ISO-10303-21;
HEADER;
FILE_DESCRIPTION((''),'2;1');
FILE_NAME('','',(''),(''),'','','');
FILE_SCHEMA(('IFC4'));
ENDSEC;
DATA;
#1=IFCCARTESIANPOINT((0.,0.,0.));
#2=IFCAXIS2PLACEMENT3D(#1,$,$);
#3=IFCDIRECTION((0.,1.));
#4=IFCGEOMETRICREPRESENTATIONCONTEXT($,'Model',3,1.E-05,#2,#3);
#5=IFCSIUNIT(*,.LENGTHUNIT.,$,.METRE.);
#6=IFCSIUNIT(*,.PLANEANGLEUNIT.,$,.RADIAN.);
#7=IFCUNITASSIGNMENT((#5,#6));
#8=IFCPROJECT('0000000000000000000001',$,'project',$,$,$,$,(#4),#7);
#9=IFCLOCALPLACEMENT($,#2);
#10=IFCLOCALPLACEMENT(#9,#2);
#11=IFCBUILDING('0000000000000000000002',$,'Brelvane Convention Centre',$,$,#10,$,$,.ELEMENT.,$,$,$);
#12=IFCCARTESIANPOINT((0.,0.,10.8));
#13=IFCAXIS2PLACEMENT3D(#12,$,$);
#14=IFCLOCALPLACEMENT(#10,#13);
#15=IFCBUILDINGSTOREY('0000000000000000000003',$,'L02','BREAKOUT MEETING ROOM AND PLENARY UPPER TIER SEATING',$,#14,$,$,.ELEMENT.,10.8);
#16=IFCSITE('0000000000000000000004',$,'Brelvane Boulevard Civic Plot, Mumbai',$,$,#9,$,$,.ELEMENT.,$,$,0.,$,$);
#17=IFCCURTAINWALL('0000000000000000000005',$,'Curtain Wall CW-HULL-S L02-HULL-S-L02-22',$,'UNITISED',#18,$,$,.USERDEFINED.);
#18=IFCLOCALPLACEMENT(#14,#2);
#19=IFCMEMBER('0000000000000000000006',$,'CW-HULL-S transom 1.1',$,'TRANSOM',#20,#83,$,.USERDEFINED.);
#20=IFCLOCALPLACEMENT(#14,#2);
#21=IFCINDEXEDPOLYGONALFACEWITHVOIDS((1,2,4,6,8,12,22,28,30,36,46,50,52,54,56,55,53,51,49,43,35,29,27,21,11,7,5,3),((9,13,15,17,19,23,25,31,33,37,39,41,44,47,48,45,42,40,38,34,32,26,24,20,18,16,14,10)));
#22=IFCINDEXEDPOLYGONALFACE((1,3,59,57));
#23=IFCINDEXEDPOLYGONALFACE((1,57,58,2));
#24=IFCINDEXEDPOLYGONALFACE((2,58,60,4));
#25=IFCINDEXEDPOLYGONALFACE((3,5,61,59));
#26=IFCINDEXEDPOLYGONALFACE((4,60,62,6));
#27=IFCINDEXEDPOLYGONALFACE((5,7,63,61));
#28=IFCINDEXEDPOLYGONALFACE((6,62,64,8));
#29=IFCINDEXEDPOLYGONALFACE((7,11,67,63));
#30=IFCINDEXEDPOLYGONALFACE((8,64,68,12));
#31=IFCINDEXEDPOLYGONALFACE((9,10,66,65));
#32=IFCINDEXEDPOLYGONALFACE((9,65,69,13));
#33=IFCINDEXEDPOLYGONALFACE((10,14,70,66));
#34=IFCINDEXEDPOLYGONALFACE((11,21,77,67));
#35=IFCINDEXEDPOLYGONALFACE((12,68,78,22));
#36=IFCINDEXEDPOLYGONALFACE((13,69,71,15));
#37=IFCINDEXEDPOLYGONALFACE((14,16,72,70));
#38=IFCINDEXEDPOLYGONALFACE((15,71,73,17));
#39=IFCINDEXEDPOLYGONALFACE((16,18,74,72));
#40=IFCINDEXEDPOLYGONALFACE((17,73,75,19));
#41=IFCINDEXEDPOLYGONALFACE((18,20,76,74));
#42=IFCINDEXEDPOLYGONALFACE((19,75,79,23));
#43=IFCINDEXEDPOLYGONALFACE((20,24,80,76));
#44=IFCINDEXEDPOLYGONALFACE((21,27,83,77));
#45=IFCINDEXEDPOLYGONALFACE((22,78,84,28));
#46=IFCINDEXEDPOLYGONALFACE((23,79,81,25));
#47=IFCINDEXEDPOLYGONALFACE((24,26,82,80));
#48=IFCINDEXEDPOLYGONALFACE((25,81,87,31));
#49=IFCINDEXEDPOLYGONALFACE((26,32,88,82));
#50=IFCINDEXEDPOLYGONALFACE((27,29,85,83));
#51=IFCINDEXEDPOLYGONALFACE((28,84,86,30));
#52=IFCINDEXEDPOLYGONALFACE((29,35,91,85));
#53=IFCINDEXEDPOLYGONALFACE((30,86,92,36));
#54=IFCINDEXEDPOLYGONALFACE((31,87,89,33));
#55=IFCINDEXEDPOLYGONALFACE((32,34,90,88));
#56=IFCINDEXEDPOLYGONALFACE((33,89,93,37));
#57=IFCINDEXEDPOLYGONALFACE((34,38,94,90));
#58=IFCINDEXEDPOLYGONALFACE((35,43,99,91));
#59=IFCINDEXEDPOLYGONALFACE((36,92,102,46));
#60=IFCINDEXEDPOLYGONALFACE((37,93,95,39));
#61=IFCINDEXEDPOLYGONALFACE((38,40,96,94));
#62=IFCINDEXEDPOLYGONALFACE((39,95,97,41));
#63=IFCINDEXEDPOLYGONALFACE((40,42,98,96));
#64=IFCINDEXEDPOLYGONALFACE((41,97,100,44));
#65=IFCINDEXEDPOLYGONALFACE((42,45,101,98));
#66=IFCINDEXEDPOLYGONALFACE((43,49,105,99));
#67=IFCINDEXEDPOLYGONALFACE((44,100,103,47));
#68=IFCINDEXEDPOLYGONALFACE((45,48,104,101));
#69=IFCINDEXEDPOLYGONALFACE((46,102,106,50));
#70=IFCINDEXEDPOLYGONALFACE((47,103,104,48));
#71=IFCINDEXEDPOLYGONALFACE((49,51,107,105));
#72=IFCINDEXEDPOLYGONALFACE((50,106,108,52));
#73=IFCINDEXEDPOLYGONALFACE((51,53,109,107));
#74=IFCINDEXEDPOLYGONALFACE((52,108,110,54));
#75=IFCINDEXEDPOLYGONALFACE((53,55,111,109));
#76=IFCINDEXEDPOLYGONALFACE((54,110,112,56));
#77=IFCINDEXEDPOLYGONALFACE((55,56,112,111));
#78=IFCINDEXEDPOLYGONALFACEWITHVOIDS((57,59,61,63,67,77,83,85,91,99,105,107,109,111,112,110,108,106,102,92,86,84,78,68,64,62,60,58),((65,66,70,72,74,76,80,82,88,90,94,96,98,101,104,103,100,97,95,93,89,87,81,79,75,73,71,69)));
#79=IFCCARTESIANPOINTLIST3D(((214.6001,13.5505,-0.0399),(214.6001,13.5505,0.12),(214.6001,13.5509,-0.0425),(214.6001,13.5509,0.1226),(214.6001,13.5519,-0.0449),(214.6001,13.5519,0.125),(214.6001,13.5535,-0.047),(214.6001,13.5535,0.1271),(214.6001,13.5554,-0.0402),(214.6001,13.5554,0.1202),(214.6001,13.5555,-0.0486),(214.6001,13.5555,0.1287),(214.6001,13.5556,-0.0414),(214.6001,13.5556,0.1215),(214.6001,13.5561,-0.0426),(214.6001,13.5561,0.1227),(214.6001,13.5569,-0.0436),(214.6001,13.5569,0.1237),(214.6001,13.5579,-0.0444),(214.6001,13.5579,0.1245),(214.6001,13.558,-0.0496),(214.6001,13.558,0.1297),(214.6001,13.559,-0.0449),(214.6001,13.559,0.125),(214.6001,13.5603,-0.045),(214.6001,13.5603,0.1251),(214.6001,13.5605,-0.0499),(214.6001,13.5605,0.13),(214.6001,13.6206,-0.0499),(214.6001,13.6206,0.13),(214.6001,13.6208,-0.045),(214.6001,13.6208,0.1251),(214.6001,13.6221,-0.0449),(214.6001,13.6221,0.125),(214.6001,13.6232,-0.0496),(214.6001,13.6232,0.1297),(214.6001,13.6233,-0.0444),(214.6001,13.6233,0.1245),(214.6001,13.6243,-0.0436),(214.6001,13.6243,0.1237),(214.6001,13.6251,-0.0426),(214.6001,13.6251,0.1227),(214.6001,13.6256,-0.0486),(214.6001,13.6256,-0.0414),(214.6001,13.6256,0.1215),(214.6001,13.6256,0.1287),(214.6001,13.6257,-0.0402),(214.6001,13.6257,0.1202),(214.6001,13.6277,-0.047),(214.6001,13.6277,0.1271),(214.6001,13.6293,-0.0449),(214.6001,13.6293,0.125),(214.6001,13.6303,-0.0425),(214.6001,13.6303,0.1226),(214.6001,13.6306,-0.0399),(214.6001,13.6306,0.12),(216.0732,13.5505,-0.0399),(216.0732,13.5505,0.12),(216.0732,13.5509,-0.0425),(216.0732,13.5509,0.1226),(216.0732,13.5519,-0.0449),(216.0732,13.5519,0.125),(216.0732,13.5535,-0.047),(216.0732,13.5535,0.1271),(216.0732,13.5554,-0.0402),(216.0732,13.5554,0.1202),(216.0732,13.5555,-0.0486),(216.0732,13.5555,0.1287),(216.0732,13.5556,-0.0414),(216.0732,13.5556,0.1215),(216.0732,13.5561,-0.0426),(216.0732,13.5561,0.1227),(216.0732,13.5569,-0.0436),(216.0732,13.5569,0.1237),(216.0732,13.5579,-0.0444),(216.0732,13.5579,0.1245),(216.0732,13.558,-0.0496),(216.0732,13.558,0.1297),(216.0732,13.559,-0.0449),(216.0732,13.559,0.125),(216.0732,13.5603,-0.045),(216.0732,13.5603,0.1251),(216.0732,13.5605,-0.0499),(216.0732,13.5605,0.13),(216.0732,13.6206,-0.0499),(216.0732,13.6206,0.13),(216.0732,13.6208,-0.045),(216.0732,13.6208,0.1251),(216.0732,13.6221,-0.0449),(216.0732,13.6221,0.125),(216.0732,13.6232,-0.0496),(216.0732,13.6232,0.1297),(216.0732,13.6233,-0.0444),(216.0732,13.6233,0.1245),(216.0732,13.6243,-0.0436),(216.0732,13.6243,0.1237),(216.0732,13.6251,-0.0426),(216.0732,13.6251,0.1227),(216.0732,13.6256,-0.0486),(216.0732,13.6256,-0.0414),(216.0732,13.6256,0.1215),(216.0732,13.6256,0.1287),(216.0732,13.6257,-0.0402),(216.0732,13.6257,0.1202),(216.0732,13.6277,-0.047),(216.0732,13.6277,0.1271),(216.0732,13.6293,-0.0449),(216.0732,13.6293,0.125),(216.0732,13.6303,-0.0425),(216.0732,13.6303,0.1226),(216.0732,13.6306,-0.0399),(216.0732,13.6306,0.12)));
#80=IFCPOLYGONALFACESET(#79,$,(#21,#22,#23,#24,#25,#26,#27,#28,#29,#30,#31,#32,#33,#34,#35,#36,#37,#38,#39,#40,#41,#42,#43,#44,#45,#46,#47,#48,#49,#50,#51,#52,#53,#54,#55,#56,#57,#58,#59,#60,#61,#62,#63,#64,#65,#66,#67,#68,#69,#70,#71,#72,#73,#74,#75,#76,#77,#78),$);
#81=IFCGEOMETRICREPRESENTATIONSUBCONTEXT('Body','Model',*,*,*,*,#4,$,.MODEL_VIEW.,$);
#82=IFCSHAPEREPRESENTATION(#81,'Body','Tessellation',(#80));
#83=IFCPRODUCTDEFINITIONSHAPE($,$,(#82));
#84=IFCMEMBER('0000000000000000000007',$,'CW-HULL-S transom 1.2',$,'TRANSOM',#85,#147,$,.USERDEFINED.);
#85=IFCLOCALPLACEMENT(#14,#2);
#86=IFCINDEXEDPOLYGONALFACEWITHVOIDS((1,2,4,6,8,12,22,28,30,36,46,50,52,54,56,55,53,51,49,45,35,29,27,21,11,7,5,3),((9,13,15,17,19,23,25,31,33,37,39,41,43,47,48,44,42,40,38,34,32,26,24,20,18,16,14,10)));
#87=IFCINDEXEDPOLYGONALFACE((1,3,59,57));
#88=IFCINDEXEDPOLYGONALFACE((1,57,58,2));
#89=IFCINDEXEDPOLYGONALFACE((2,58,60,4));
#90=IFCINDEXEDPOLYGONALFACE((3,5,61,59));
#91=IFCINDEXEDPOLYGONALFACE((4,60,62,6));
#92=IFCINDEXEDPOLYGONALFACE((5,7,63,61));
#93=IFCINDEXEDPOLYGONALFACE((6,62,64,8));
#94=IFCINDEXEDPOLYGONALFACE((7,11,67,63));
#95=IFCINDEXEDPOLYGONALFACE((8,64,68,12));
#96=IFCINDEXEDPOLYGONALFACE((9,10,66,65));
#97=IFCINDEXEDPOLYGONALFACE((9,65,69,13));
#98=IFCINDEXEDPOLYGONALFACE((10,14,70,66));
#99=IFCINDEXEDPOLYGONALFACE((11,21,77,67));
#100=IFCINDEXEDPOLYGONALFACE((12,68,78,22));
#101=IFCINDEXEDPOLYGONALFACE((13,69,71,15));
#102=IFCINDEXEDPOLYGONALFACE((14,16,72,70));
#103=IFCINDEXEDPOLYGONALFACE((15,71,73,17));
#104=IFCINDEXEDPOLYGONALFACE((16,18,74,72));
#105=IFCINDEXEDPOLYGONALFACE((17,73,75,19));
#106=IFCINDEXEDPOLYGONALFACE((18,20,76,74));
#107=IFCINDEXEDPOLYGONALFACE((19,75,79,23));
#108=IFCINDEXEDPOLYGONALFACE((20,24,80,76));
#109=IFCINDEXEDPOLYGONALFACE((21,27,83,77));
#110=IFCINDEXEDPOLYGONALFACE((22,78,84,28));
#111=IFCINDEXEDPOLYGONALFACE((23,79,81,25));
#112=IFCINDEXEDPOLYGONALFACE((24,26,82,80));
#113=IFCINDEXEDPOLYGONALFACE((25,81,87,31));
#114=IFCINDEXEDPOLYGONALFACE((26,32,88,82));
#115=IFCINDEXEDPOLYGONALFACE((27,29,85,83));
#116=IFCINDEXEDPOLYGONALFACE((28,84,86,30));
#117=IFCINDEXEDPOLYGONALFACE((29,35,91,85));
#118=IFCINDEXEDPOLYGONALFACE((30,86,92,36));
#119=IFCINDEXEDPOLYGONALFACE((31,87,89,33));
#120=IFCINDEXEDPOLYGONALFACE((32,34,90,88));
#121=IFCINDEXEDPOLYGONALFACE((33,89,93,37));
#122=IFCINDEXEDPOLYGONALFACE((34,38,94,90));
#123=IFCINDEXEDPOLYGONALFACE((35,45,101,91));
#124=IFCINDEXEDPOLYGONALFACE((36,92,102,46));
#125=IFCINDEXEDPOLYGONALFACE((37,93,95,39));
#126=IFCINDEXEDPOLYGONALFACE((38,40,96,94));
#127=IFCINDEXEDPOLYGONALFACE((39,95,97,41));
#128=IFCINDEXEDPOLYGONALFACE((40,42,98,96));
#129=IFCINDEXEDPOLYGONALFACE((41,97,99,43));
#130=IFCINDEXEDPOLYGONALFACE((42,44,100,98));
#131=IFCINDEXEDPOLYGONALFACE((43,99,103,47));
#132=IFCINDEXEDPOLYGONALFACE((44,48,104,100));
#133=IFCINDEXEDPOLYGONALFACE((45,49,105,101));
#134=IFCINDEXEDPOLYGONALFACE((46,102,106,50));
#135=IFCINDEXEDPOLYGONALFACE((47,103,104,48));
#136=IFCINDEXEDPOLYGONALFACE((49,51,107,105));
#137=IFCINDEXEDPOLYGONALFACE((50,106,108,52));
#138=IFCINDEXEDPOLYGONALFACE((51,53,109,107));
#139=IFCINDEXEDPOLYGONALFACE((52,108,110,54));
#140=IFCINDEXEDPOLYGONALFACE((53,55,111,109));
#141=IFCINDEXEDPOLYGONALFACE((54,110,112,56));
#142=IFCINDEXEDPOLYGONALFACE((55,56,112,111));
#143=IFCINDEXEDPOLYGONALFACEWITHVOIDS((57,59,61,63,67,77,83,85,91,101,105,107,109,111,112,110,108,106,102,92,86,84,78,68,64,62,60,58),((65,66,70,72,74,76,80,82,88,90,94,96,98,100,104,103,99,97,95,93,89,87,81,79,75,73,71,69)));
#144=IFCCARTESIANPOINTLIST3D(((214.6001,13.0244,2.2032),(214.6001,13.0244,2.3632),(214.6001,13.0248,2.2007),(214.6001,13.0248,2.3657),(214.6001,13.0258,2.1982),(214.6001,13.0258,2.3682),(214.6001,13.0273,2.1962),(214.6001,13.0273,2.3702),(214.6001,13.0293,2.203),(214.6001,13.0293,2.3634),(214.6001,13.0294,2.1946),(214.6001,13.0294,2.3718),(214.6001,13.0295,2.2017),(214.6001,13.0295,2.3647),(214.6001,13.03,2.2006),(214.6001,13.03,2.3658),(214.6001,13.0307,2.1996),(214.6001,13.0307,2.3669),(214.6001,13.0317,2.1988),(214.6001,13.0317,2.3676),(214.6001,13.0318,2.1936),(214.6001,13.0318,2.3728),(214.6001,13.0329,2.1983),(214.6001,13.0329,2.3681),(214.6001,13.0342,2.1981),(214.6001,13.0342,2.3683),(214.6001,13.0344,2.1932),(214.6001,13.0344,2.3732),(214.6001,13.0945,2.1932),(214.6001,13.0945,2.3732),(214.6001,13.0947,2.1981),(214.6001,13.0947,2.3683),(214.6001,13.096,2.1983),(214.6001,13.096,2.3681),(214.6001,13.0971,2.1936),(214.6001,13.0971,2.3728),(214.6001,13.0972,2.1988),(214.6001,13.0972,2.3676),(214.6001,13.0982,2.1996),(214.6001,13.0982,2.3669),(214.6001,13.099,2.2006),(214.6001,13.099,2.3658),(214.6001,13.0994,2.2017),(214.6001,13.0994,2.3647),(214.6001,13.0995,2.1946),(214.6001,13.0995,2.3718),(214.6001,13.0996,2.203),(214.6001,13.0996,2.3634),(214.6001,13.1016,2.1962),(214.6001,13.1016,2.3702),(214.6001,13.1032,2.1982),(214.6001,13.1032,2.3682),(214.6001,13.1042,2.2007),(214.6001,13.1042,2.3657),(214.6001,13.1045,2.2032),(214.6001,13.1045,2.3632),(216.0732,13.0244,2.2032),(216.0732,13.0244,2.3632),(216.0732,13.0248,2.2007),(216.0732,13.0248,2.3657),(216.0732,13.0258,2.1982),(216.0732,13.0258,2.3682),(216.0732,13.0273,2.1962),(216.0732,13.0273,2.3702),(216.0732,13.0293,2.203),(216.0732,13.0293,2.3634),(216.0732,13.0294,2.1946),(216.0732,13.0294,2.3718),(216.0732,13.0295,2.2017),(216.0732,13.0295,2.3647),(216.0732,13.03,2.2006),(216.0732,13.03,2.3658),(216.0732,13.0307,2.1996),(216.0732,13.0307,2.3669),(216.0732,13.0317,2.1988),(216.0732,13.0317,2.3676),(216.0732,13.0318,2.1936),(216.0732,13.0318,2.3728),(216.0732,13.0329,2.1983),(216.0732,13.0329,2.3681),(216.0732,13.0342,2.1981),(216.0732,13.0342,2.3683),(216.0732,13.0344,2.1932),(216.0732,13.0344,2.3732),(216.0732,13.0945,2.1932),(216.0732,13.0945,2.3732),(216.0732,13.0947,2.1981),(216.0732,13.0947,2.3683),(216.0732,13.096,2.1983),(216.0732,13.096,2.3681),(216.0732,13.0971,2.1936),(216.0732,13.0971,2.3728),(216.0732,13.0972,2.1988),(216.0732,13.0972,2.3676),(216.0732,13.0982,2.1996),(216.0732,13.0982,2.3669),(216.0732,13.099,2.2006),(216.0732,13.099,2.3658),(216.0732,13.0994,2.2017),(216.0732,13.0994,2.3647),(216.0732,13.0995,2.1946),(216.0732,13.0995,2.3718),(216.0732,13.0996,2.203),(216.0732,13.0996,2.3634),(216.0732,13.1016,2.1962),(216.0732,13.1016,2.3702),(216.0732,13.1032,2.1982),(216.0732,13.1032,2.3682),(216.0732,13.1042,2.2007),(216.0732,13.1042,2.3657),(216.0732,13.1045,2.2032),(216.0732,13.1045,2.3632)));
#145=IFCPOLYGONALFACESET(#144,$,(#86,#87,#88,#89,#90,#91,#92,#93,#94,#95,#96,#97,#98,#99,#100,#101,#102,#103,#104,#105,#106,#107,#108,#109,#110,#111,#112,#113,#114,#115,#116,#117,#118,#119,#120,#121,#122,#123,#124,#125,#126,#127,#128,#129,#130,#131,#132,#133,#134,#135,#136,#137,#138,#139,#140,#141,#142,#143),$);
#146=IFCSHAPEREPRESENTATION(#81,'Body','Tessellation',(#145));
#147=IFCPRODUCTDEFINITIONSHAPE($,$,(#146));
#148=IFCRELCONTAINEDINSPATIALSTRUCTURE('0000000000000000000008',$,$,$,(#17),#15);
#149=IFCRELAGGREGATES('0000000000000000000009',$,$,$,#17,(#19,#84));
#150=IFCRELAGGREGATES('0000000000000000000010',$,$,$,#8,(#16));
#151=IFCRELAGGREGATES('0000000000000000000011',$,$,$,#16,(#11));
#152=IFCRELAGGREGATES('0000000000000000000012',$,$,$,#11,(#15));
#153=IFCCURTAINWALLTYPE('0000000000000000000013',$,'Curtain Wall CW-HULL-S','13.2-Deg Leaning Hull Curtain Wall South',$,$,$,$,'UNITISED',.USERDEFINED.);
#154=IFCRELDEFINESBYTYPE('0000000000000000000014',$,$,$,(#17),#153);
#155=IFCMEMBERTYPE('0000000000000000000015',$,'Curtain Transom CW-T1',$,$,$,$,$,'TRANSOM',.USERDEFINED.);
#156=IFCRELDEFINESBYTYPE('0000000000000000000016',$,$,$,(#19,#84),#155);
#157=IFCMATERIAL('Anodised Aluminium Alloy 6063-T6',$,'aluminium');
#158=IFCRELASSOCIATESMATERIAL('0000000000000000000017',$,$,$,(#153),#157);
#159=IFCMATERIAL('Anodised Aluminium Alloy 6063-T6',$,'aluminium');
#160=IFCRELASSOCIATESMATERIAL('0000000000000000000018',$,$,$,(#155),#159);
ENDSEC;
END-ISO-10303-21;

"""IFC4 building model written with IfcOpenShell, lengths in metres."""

from ifc_helpers import new_model, si_unit, direction, frame, origin, origin_2d, place, context, subcontext, project, spatial, hollow_rectangle, extrude, material, material_profile, profile_set, type_object, element, aggregate, save


model = new_model("IFC4")

# Units and contexts
model_context = context("Model", 3, precision=1e-05, world=origin(), true_north=direction((0.0, 1.0)))
body_context = subcontext(model_context, "Body", "Model", "MODEL_VIEW")
ifc_project = project(units=[si_unit("LENGTHUNIT", "METRE"), si_unit("PLANEANGLEUNIT", "RADIAN")], contexts=[model_context])

# Site, building, storey
site_placement = place(None, origin())
site = spatial("IfcSite", under=ifc_project, at=site_placement, Name="Brelvane Boulevard Civic Plot, Mumbai", CompositionType="ELEMENT", RefElevation=0.0)
building_placement = place(site_placement, origin())
building = spatial("IfcBuilding", under=site, at=building_placement, Name="Brelvane Convention Centre", CompositionType="ELEMENT")
storey_placement = place(building_placement, frame((0.0, 0.0, 10.8)))
storey = spatial("IfcBuildingStorey", under=building, at=storey_placement, Name="L02", Description="BREAKOUT MEETING ROOM AND PLENARY UPPER TIER SEATING", CompositionType="ELEMENT", Elevation=10.8)

# Curtain wall, members
ifc_material_1 = material(Name="Anodised Aluminium Alloy 6063-T6", Category="aluminium")
curtain_wall_type = type_object("IfcCurtainWallType", Name="Curtain Wall CW-HULL-S", Description="13.2-Deg Leaning Hull Curtain Wall South", ElementType="UNITISED", PredefinedType="USERDEFINED", material=ifc_material_1)
curtain_wall_placement = place(storey_placement, origin())
curtain_wall = element("IfcCurtainWall", 1, at=curtain_wall_placement, inside=storey, type_object=curtain_wall_type, Name="Curtain Wall CW-HULL-S L02-HULL-S-L02-22", ObjectType="UNITISED", PredefinedType="USERDEFINED")
ifc_material_2 = material(Name="Anodised Aluminium Alloy 6063-T6", Category="aluminium")
ifc_material_profile_1 = material_profile(ifc_material_2, hollow_rectangle(XDim=0.0801, YDim=0.1799, WallThickness=0.0049, InnerFilletRadius=0.0049, OuterFilletRadius=0.01, at=origin_2d()), Name="ALU-T 180x80x5.0")
ifc_profile_set_1 = profile_set([ifc_material_profile_1], Name="Anodised Aluminium Alloy 6063-T6")
member_type_1 = type_object("IfcMemberType", Name="Curtain Transom CW-T1", ElementType="TRANSOM", PredefinedType="USERDEFINED", material=ifc_profile_set_1)
member_1_placement = place(storey_placement, frame((214.6001, 13.5906, 0.04), z_axis=(1.0, 0.0, 0.0), x_axis=(0.0, 1.0, 0.0)))
member_1 = element("IfcMember", 2, at=member_1_placement, type_object=member_type_1, Name="CW-HULL-S transom 1.1", ObjectType="TRANSOM", PredefinedType="USERDEFINED", context=body_context, shape_type="SweptSolid", body=[
    extrude(hollow_rectangle(XDim=0.0801, YDim=0.1799, WallThickness=0.0049, InnerFilletRadius=0.0049, OuterFilletRadius=0.01, at=origin_2d()), origin(), (0.0, 0.0, 1.0), 1.4731),
])
member_2_placement = place(storey_placement, frame((214.6001, 13.0645, 2.2832), z_axis=(1.0, 0.0, 0.0), x_axis=(0.0, 1.0, 0.0)))
member_2 = element("IfcMember", 3, at=member_2_placement, type_object=member_type_1, Name="CW-HULL-S transom 1.2", ObjectType="TRANSOM", PredefinedType="USERDEFINED", context=body_context, shape_type="SweptSolid", body=[
    extrude(hollow_rectangle(XDim=0.0801, YDim=0.1799, WallThickness=0.0049, InnerFilletRadius=0.0049, OuterFilletRadius=0.01, at=origin_2d()), origin(), (0.0, 0.0, 1.0), 1.4731),
])

aggregate(curtain_wall, [member_1, member_2])

save(model, "model.ifc")
